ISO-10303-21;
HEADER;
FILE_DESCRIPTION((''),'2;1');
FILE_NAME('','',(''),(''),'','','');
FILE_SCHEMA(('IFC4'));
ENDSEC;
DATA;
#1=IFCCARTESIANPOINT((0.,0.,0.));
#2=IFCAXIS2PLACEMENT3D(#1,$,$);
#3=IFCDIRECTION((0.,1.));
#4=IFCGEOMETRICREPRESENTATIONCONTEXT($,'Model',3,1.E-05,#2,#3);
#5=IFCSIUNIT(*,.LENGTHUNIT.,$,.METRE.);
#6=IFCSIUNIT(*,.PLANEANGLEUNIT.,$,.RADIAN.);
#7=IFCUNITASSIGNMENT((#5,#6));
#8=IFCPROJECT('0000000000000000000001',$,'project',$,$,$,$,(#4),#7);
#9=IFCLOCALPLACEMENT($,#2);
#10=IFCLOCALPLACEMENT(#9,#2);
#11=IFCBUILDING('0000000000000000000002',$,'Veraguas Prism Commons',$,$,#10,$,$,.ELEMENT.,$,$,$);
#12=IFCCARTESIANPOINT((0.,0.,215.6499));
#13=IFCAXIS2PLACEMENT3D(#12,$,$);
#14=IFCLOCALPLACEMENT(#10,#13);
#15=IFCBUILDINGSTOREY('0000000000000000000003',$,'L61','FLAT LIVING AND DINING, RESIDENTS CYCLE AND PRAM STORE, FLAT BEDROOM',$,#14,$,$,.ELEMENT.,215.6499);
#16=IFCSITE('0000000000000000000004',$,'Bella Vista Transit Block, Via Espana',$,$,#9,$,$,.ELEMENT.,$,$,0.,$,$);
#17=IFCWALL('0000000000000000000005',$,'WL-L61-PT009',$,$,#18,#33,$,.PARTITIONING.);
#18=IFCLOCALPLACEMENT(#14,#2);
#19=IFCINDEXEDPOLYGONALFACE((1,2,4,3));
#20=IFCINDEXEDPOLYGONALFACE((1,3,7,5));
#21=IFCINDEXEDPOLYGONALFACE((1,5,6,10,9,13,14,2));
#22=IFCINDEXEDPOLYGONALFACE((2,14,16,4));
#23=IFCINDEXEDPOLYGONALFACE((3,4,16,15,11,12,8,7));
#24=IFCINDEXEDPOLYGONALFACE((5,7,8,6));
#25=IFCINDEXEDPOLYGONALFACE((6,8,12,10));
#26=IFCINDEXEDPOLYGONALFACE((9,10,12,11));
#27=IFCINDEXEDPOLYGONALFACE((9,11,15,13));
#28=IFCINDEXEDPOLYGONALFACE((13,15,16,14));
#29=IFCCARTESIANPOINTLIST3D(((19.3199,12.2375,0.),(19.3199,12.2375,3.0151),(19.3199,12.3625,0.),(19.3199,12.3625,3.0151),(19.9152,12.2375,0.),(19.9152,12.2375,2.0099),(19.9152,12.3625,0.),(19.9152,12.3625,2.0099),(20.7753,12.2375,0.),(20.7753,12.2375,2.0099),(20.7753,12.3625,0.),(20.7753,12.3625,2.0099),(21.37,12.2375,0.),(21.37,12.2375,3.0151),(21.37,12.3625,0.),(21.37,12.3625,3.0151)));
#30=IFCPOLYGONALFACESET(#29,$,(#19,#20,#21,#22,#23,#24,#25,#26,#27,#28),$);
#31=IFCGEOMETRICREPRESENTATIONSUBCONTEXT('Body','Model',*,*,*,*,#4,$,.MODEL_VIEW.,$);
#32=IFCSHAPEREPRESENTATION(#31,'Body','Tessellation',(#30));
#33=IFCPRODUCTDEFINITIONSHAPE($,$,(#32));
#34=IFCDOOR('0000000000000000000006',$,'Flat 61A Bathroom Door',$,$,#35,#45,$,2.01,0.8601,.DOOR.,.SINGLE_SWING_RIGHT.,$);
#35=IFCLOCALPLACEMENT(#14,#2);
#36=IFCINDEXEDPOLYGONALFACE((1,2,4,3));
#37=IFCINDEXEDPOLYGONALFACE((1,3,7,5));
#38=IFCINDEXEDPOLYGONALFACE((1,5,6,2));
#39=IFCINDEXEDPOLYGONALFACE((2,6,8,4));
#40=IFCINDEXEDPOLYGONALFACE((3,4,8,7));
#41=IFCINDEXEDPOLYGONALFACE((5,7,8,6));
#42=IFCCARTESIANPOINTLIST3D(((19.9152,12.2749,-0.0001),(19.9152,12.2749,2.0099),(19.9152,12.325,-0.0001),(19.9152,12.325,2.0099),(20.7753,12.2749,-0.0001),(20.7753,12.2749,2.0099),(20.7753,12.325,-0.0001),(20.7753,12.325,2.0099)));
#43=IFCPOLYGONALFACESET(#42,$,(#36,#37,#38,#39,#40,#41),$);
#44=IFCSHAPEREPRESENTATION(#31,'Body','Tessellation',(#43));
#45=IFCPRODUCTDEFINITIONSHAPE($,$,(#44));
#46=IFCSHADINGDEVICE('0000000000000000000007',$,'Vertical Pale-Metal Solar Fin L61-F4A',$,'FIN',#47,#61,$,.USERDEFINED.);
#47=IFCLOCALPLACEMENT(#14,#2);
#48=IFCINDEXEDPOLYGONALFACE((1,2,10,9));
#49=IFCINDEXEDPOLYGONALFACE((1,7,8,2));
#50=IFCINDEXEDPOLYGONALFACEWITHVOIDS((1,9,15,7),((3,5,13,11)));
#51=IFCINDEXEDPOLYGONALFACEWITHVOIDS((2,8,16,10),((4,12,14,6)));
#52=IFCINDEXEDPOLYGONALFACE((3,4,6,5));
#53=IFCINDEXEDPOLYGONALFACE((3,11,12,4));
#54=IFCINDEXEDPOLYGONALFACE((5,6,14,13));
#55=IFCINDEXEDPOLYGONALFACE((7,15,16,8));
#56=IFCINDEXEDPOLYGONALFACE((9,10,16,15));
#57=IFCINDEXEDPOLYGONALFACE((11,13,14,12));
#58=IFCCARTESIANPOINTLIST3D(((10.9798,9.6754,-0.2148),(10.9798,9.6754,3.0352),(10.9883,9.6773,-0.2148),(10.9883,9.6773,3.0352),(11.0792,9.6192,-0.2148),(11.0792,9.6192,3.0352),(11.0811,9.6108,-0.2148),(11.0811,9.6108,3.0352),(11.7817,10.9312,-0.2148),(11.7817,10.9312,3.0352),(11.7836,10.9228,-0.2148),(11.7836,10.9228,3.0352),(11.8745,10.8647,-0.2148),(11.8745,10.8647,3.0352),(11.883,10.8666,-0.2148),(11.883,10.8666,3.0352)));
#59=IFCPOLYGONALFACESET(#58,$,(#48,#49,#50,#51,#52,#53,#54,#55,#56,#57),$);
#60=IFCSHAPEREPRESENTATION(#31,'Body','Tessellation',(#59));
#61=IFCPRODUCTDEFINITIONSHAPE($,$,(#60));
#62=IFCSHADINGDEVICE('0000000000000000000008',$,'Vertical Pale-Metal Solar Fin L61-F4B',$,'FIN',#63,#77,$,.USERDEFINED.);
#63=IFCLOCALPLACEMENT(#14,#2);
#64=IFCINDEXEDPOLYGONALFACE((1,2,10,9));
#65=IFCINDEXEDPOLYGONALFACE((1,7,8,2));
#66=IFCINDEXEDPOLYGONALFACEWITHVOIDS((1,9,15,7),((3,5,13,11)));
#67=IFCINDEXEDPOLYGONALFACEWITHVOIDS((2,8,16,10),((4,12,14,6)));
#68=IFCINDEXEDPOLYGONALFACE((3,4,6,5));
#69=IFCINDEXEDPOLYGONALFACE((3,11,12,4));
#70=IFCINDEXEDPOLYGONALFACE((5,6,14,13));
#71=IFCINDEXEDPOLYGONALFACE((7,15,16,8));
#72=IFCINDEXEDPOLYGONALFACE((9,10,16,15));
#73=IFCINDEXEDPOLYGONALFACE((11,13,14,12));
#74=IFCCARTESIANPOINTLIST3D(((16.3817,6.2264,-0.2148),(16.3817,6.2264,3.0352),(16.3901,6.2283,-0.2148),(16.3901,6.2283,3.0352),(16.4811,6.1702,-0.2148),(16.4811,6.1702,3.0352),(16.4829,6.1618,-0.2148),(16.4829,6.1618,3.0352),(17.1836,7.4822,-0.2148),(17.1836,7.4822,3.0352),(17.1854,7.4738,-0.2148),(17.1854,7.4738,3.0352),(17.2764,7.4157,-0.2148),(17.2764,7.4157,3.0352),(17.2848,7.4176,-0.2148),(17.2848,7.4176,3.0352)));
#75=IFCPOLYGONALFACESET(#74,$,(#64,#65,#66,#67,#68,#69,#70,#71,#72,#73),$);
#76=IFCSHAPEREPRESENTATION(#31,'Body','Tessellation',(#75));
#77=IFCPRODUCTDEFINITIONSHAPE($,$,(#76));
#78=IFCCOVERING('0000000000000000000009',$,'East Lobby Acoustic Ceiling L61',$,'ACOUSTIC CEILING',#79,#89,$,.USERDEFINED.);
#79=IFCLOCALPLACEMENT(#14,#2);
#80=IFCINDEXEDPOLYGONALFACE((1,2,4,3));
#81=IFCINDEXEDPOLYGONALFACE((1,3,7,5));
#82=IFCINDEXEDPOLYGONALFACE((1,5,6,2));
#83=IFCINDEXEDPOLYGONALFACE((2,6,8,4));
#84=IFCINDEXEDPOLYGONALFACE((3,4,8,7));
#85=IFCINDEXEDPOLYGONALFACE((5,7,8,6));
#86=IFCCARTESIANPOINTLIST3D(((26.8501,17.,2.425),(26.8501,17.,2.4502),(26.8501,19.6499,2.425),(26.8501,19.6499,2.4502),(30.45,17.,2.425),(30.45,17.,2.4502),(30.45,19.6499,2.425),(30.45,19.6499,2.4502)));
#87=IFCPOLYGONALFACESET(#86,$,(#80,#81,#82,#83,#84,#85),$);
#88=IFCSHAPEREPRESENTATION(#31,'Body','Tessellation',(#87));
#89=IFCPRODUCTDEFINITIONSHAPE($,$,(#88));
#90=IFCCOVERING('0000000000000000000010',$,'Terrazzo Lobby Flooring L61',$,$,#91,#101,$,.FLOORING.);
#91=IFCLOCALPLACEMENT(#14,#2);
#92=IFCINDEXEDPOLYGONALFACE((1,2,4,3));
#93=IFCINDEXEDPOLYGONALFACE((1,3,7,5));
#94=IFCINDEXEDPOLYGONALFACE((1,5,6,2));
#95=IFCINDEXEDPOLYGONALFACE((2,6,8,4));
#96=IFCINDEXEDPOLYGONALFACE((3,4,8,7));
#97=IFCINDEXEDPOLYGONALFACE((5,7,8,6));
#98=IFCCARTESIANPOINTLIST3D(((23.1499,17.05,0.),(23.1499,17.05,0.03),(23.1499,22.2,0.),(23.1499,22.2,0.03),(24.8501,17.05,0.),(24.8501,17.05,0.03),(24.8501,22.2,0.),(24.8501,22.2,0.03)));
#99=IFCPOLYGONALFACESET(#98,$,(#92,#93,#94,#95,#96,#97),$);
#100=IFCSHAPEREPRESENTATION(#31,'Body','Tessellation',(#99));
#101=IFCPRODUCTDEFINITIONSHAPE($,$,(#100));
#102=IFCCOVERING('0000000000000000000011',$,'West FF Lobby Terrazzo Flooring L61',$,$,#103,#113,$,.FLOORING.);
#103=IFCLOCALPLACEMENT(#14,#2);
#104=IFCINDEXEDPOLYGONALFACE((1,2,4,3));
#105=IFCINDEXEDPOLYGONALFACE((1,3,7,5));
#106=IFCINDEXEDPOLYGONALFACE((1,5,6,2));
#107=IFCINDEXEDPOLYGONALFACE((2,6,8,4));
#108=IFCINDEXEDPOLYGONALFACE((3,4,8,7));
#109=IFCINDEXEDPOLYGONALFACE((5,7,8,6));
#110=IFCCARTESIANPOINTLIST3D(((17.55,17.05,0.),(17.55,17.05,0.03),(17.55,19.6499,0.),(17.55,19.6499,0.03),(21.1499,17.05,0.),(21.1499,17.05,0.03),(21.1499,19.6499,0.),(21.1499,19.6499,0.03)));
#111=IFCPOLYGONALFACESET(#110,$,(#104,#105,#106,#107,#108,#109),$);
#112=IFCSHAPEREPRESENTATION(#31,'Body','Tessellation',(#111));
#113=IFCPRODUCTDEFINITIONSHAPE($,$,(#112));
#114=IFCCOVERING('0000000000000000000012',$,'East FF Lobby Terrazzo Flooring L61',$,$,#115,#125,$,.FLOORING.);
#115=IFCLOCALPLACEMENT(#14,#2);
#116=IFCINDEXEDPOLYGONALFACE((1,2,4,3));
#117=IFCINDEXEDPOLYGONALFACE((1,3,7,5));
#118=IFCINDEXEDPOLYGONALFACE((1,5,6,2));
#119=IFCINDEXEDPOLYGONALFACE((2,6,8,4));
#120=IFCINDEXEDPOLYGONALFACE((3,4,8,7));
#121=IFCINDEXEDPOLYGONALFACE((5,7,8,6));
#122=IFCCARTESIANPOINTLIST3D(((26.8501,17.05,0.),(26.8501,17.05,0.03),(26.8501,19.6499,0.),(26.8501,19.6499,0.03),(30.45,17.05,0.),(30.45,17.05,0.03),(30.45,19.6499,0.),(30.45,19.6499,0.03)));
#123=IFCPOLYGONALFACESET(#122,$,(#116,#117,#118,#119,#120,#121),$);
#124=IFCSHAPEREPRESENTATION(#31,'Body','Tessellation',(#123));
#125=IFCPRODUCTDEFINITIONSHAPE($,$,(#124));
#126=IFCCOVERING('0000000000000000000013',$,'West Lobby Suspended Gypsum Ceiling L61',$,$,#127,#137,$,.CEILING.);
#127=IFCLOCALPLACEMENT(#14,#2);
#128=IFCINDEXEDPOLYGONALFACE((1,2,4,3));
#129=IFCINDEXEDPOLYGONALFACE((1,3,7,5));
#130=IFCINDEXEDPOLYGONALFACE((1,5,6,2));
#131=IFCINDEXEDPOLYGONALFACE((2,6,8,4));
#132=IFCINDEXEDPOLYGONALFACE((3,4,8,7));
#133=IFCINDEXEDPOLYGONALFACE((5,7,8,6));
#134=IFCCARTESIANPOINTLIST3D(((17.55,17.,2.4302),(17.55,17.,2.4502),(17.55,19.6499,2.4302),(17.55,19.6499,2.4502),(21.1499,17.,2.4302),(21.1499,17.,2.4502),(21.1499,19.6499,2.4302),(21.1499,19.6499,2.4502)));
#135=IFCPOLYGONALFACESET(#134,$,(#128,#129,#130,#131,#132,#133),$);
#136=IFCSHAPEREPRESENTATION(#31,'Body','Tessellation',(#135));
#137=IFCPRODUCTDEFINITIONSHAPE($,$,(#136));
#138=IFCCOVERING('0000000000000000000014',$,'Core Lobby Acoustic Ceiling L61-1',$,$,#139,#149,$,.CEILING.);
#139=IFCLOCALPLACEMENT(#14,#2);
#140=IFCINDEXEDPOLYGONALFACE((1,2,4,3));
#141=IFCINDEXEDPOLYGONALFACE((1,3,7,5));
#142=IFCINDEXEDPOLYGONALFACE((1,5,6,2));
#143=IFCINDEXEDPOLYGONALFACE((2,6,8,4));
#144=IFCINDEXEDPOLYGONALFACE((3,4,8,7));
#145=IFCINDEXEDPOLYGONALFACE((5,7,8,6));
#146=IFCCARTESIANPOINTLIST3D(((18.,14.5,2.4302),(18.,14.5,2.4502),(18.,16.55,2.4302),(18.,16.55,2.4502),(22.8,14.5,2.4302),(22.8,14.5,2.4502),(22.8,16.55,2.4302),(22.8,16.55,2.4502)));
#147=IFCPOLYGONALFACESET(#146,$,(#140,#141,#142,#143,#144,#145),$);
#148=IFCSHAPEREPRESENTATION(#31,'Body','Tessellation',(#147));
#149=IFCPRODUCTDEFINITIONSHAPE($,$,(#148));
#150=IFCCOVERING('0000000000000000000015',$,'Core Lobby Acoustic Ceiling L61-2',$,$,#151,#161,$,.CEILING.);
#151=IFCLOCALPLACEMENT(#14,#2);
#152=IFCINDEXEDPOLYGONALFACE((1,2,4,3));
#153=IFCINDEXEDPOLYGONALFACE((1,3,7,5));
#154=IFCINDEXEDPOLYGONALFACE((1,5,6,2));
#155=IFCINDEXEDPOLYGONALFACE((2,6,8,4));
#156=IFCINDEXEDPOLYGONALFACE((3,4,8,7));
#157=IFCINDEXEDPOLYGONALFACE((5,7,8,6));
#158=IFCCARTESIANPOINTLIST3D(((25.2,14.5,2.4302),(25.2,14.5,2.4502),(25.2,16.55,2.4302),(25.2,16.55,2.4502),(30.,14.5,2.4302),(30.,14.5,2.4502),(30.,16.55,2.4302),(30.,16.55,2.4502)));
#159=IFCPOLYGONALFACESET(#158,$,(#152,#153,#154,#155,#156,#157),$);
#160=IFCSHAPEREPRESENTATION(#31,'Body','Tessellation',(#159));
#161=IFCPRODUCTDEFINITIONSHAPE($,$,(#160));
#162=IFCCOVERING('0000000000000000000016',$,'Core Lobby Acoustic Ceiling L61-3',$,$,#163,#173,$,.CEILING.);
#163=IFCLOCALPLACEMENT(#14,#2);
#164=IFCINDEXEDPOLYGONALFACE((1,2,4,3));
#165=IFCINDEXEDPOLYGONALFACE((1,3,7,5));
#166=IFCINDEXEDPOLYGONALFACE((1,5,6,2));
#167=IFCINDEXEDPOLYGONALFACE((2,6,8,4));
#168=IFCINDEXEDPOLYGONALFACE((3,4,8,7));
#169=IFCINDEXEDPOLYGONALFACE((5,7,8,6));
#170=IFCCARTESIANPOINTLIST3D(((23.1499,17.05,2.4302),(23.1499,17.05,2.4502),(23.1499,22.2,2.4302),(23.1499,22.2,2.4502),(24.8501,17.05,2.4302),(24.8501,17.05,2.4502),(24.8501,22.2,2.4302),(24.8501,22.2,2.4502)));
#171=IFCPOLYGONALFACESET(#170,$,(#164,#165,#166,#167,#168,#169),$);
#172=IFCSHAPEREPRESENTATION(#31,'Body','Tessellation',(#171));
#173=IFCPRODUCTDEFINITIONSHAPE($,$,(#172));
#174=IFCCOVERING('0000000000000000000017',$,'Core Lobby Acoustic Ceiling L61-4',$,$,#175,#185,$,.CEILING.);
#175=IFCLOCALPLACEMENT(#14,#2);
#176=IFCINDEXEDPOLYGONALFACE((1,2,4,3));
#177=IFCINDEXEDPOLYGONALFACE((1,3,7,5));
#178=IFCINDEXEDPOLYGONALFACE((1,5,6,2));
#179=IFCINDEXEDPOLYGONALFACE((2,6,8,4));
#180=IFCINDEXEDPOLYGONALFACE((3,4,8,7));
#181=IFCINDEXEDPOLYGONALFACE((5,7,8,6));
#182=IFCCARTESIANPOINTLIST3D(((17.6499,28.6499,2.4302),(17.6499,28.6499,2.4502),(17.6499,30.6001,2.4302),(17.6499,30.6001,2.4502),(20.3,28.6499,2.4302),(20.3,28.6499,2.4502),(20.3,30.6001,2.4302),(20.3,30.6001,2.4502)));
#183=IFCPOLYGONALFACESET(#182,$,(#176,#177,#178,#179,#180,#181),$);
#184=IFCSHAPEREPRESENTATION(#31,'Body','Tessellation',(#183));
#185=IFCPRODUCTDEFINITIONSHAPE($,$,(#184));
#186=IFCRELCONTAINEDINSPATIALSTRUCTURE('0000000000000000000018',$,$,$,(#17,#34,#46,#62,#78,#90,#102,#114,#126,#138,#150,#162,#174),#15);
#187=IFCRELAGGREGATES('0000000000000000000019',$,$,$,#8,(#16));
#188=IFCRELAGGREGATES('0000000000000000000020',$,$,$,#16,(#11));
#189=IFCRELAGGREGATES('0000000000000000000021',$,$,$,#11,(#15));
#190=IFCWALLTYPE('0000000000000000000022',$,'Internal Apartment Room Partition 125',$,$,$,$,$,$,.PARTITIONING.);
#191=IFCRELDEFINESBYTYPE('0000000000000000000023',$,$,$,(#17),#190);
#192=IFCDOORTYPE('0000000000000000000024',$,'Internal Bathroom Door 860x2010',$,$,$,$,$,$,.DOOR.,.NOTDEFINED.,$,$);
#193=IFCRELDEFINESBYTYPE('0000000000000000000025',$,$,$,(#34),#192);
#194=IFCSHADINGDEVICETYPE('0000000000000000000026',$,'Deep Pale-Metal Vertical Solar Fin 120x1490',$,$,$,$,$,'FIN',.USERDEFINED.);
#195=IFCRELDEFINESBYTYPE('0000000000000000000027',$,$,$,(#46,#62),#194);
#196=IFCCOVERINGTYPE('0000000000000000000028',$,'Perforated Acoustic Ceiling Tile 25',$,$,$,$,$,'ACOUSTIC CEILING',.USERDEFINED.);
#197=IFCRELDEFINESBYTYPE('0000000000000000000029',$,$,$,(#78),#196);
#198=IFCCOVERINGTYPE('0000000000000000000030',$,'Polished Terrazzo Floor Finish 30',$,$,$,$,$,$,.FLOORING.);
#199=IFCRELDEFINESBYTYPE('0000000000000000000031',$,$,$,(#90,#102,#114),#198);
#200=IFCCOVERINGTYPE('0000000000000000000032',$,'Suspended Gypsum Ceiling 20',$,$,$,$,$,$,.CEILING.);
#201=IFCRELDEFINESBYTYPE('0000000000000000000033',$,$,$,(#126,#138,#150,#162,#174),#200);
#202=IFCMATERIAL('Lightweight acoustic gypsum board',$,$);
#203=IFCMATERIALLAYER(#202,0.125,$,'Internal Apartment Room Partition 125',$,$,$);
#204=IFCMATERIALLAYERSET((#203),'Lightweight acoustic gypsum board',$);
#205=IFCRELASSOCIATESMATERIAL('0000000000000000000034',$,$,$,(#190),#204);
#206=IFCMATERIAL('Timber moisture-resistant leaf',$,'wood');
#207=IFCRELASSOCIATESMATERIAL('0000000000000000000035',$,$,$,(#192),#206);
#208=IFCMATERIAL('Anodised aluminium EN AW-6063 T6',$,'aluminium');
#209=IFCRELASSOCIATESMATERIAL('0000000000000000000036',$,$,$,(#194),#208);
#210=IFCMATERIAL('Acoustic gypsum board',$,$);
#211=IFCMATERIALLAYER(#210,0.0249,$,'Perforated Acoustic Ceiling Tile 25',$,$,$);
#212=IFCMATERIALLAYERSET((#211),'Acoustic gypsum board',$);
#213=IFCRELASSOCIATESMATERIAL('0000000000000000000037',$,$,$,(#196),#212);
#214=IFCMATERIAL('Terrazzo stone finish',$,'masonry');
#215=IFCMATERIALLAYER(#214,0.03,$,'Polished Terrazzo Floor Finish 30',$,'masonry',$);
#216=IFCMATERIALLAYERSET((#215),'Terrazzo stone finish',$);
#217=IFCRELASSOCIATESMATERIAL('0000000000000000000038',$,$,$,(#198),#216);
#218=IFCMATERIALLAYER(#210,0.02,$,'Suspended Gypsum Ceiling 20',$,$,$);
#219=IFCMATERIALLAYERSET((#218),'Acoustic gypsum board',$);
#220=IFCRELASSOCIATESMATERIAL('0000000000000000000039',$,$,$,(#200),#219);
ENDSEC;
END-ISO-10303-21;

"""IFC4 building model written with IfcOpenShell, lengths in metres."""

from ifc_helpers import new_model, si_unit, direction, frame, frame_2d, origin, origin_2d, place, context, subcontext, project, spatial, polyline, rectangle, hollow_rectangle, outline, extrude, source, transform, mapped, material, layer, layer_set, material_profile, profile_set, type_object, element, fill, save


model = new_model("IFC4")

# Units and contexts
model_context = context("Model", 3, precision=1e-05, world=origin(), true_north=direction((0.0, 1.0)))
body_context = subcontext(model_context, "Body", "Model", "MODEL_VIEW")
ifc_project = project(units=[si_unit("LENGTHUNIT", "METRE"), si_unit("PLANEANGLEUNIT", "RADIAN")], contexts=[model_context])

# Site, building, storey
site_placement = place(None, origin())
site = spatial("IfcSite", under=ifc_project, at=site_placement, Name="Bella Vista Transit Block, Via Espana", CompositionType="ELEMENT", RefElevation=0.0)
building_placement = place(site_placement, origin())
building = spatial("IfcBuilding", under=site, at=building_placement, Name="Veraguas Prism Commons", CompositionType="ELEMENT")
storey_placement = place(building_placement, frame((0.0, 0.0, 215.6499)))
storey = spatial("IfcBuildingStorey", under=building, at=storey_placement, Name="L61", Description="FLAT LIVING AND DINING, RESIDENTS CYCLE AND PRAM STORE, FLAT BEDROOM", CompositionType="ELEMENT", Elevation=215.6499)

# Shared definitions
ifc_material_1 = material(Name="Anodised aluminium EN AW-6063 T6", Category="aluminium")

# Wall, opening, door
ifc_material_2 = material(Name="Lightweight acoustic gypsum board")
ifc_layer_1 = layer(ifc_material_2, 0.125, Name="Internal Apartment Room Partition 125")
ifc_layer_set_1 = layer_set([ifc_layer_1], Name="Lightweight acoustic gypsum board")
wall_type_1 = type_object("IfcWallType", Name="Internal Apartment Room Partition 125", PredefinedType="PARTITIONING", material=ifc_layer_set_1)
wall_1_placement = place(storey_placement, frame((19.3201, 12.3, 0.0), z_axis=(0.0, 0.0, 1.0), x_axis=(1.0, 0.0, 0.0)))
wall_1 = element("IfcWall", 1, at=wall_1_placement, inside=storey, type_object=wall_type_1, Name="WL-L61-PT009", PredefinedType="PARTITIONING", context=body_context, shape_type="SweptSolid", body=[
    extrude(rectangle(XDim=2.05, YDim=0.125, at=frame_2d((1.0249, 0.0))), origin(), (0.0, 0.0, 1.0), 3.0151),
])
opening_1_placement = place(wall_1_placement, frame((0.595, 0.0, 0.0)))
opening_1 = element("IfcOpeningElement", 2, at=opening_1_placement, cuts=wall_1, PredefinedType="OPENING", context=body_context, shape_type="SweptSolid", body=[
    extrude(rectangle(XDim=0.8601, YDim=2.01, at=frame_2d((0.4302, 1.0049))), frame((0.0, 0.0725, 0.0), z_axis=(0.0, -1.0, 0.0), x_axis=(1.0, 0.0, 0.0)), (0.0, 0.0, 1.0), 0.145),
])
ifc_material_3 = material(Name="Timber moisture-resistant leaf", Category="wood")
door_type_1 = type_object("IfcDoorType", Name="Internal Bathroom Door 860x2010", OperationType="NOTDEFINED", PredefinedType="DOOR", material=ifc_material_3)
shared_shape_1 = source(origin(), body_context, "Body", "SweptSolid", [
    extrude(rectangle(XDim=0.8601, YDim=2.01, at=frame_2d((0.4302, 1.0049))), frame((0.0, 0.0249, 0.0), z_axis=(0.0, -1.0, 0.0), x_axis=(1.0, 0.0, 0.0)), (0.0, 0.0, 1.0), 0.05),
])
door_1_placement = place(opening_1_placement, origin())
door_1 = element("IfcDoor", 3, at=door_1_placement, inside=storey, type_object=door_type_1, Name="Flat 61A Bathroom Door", OperationType="SINGLE_SWING_RIGHT", OverallHeight=2.01, OverallWidth=0.8601, PredefinedType="DOOR", context=body_context, shape_type="MappedRepresentation", body=[
    mapped(shared_shape_1, transform((0.0, 0.0, 0.0), scale=1.0)),
])
fill(opening_1, door_1)

# Shading devices
ifc_material_profile_1 = material_profile(ifc_material_1, hollow_rectangle(XDim=0.1201, YDim=1.49, WallThickness=0.0061, at=origin_2d()), Name="FIN120X1490X6")
ifc_profile_set_1 = profile_set([ifc_material_profile_1], Name="Anodised aluminium EN AW-6063 T6")
shading_device_type = type_object("IfcShadingDeviceType", Name="Deep Pale-Metal Vertical Solar Fin 120x1490", ElementType="FIN", PredefinedType="USERDEFINED", material=ifc_profile_set_1)
for number, where, z_axis, x_axis, name in (
    (4, (11.4314, 10.271, -0.2148), (0.0, 0.0, 1.0), (0.842829, -0.538181, 0.0), "Vertical Pale-Metal Solar Fin L61-F4A"),
    (5, (16.8333, 6.822, -0.2148), (0.0, 0.0, 1.0), (0.842829, -0.538181, 0.0), "Vertical Pale-Metal Solar Fin L61-F4B"),
):
    element("IfcShadingDevice", number, at=place(storey_placement, frame(where, z_axis=z_axis, x_axis=x_axis)), inside=storey, type_object=shading_device_type, Name=name, ObjectType="FIN", PredefinedType="USERDEFINED", context=body_context, shape_type="SweptSolid", body=[
        extrude(hollow_rectangle(XDim=0.1201, YDim=1.49, WallThickness=0.0061, at=origin_2d()), origin(), (0.0, 0.0, 1.0), 3.25),
    ])

# Coverings
ifc_material_4 = material(Name="Acoustic gypsum board")
ifc_layer_2 = layer(ifc_material_4, 0.0249, Name="Perforated Acoustic Ceiling Tile 25")
ifc_layer_set_2 = layer_set([ifc_layer_2], Name="Acoustic gypsum board")
covering_type_1 = type_object("IfcCoveringType", Name="Perforated Acoustic Ceiling Tile 25", ElementType="ACOUSTIC CEILING", PredefinedType="USERDEFINED", material=ifc_layer_set_2)
covering_1_placement = place(storey_placement, frame((0.0, 0.0, 2.425)))
element("IfcCovering", 6, at=covering_1_placement, inside=storey, type_object=covering_type_1, Name="East Lobby Acoustic Ceiling L61", ObjectType="ACOUSTIC CEILING", PredefinedType="USERDEFINED", context=body_context, shape_type="SweptSolid", body=[
    extrude(outline(polyline([(26.8501, 17.0), (30.45, 17.0), (30.45, 19.6499), (26.8501, 19.6499), (26.8501, 17.0)])), origin(), (0.0, 0.0, 1.0), 0.0251),
])
ifc_material_5 = material(Name="Terrazzo stone finish", Category="masonry")
ifc_layer_3 = layer(ifc_material_5, 0.03, Name="Polished Terrazzo Floor Finish 30", Category="masonry")
ifc_layer_set_3 = layer_set([ifc_layer_3], Name="Terrazzo stone finish")
covering_type_2 = type_object("IfcCoveringType", Name="Polished Terrazzo Floor Finish 30", PredefinedType="FLOORING", material=ifc_layer_set_3)
covering_2_placement = place(storey_placement, origin())
element("IfcCovering", 7, at=covering_2_placement, inside=storey, type_object=covering_type_2, Name="Terrazzo Lobby Flooring L61", PredefinedType="FLOORING", context=body_context, shape_type="SweptSolid", body=[
    extrude(outline(polyline([(23.1499, 17.05), (24.8501, 17.05), (24.8501, 22.2), (23.1499, 22.2), (23.1499, 17.05)])), origin(), (0.0, 0.0, 1.0), 0.03),
])
covering_3_placement = place(storey_placement, origin())
element("IfcCovering", 8, at=covering_3_placement, inside=storey, type_object=covering_type_2, Name="West FF Lobby Terrazzo Flooring L61", PredefinedType="FLOORING", context=body_context, shape_type="SweptSolid", body=[
    extrude(outline(polyline([(17.55, 17.05), (21.1499, 17.05), (21.1499, 19.6499), (17.55, 19.6499), (17.55, 17.05)])), origin(), (0.0, 0.0, 1.0), 0.03),
])
covering_4_placement = place(storey_placement, origin())
element("IfcCovering", 9, at=covering_4_placement, inside=storey, type_object=covering_type_2, Name="East FF Lobby Terrazzo Flooring L61", PredefinedType="FLOORING", context=body_context, shape_type="SweptSolid", body=[
    extrude(outline(polyline([(26.8501, 17.05), (30.45, 17.05), (30.45, 19.6499), (26.8501, 19.6499), (26.8501, 17.05)])), origin(), (0.0, 0.0, 1.0), 0.03),
])
ifc_layer_4 = layer(ifc_material_4, 0.02, Name="Suspended Gypsum Ceiling 20")
ifc_layer_set_4 = layer_set([ifc_layer_4], Name="Acoustic gypsum board")
covering_type_3 = type_object("IfcCoveringType", Name="Suspended Gypsum Ceiling 20", PredefinedType="CEILING", material=ifc_layer_set_4)
covering_5_placement = place(storey_placement, frame((0.0, 0.0, 2.4302)))
element("IfcCovering", 10, at=covering_5_placement, inside=storey, type_object=covering_type_3, Name="West Lobby Suspended Gypsum Ceiling L61", PredefinedType="CEILING", context=body_context, shape_type="SweptSolid", body=[
    extrude(outline(polyline([(17.55, 17.0), (21.1499, 17.0), (21.1499, 19.6499), (17.55, 19.6499), (17.55, 17.0)])), origin(), (0.0, 0.0, 1.0), 0.02),
])
covering_6_placement = place(storey_placement, frame((0.0, 0.0, 2.4302)))
element("IfcCovering", 11, at=covering_6_placement, inside=storey, type_object=covering_type_3, Name="Core Lobby Acoustic Ceiling L61-1", PredefinedType="CEILING", context=body_context, shape_type="SweptSolid", body=[
    extrude(outline(polyline([(18.0, 14.5), (22.8, 14.5), (22.8, 16.55), (18.0, 16.55), (18.0, 14.5)])), origin(), (0.0, 0.0, 1.0), 0.02),
])
covering_7_placement = place(storey_placement, frame((0.0, 0.0, 2.4302)))
element("IfcCovering", 12, at=covering_7_placement, inside=storey, type_object=covering_type_3, Name="Core Lobby Acoustic Ceiling L61-2", PredefinedType="CEILING", context=body_context, shape_type="SweptSolid", body=[
    extrude(outline(polyline([(25.2, 14.5), (30.0, 14.5), (30.0, 16.55), (25.2, 16.55), (25.2, 14.5)])), origin(), (0.0, 0.0, 1.0), 0.02),
])
covering_8_placement = place(storey_placement, frame((0.0, 0.0, 2.4302)))
element("IfcCovering", 13, at=covering_8_placement, inside=storey, type_object=covering_type_3, Name="Core Lobby Acoustic Ceiling L61-3", PredefinedType="CEILING", context=body_context, shape_type="SweptSolid", body=[
    extrude(outline(polyline([(23.1499, 17.05), (24.8501, 17.05), (24.8501, 22.2), (23.1499, 22.2), (23.1499, 17.05)])), origin(), (0.0, 0.0, 1.0), 0.02),
])
covering_9_placement = place(storey_placement, frame((0.0, 0.0, 2.4302)))
element("IfcCovering", 14, at=covering_9_placement, inside=storey, type_object=covering_type_3, Name="Core Lobby Acoustic Ceiling L61-4", PredefinedType="CEILING", context=body_context, shape_type="SweptSolid", body=[
    extrude(outline(polyline([(17.6499, 28.6499), (20.3, 28.6499), (20.3, 30.6001), (17.6499, 30.6001), (17.6499, 28.6499)])), origin(), (0.0, 0.0, 1.0), 0.02),
])

save(model, "model.ifc")
